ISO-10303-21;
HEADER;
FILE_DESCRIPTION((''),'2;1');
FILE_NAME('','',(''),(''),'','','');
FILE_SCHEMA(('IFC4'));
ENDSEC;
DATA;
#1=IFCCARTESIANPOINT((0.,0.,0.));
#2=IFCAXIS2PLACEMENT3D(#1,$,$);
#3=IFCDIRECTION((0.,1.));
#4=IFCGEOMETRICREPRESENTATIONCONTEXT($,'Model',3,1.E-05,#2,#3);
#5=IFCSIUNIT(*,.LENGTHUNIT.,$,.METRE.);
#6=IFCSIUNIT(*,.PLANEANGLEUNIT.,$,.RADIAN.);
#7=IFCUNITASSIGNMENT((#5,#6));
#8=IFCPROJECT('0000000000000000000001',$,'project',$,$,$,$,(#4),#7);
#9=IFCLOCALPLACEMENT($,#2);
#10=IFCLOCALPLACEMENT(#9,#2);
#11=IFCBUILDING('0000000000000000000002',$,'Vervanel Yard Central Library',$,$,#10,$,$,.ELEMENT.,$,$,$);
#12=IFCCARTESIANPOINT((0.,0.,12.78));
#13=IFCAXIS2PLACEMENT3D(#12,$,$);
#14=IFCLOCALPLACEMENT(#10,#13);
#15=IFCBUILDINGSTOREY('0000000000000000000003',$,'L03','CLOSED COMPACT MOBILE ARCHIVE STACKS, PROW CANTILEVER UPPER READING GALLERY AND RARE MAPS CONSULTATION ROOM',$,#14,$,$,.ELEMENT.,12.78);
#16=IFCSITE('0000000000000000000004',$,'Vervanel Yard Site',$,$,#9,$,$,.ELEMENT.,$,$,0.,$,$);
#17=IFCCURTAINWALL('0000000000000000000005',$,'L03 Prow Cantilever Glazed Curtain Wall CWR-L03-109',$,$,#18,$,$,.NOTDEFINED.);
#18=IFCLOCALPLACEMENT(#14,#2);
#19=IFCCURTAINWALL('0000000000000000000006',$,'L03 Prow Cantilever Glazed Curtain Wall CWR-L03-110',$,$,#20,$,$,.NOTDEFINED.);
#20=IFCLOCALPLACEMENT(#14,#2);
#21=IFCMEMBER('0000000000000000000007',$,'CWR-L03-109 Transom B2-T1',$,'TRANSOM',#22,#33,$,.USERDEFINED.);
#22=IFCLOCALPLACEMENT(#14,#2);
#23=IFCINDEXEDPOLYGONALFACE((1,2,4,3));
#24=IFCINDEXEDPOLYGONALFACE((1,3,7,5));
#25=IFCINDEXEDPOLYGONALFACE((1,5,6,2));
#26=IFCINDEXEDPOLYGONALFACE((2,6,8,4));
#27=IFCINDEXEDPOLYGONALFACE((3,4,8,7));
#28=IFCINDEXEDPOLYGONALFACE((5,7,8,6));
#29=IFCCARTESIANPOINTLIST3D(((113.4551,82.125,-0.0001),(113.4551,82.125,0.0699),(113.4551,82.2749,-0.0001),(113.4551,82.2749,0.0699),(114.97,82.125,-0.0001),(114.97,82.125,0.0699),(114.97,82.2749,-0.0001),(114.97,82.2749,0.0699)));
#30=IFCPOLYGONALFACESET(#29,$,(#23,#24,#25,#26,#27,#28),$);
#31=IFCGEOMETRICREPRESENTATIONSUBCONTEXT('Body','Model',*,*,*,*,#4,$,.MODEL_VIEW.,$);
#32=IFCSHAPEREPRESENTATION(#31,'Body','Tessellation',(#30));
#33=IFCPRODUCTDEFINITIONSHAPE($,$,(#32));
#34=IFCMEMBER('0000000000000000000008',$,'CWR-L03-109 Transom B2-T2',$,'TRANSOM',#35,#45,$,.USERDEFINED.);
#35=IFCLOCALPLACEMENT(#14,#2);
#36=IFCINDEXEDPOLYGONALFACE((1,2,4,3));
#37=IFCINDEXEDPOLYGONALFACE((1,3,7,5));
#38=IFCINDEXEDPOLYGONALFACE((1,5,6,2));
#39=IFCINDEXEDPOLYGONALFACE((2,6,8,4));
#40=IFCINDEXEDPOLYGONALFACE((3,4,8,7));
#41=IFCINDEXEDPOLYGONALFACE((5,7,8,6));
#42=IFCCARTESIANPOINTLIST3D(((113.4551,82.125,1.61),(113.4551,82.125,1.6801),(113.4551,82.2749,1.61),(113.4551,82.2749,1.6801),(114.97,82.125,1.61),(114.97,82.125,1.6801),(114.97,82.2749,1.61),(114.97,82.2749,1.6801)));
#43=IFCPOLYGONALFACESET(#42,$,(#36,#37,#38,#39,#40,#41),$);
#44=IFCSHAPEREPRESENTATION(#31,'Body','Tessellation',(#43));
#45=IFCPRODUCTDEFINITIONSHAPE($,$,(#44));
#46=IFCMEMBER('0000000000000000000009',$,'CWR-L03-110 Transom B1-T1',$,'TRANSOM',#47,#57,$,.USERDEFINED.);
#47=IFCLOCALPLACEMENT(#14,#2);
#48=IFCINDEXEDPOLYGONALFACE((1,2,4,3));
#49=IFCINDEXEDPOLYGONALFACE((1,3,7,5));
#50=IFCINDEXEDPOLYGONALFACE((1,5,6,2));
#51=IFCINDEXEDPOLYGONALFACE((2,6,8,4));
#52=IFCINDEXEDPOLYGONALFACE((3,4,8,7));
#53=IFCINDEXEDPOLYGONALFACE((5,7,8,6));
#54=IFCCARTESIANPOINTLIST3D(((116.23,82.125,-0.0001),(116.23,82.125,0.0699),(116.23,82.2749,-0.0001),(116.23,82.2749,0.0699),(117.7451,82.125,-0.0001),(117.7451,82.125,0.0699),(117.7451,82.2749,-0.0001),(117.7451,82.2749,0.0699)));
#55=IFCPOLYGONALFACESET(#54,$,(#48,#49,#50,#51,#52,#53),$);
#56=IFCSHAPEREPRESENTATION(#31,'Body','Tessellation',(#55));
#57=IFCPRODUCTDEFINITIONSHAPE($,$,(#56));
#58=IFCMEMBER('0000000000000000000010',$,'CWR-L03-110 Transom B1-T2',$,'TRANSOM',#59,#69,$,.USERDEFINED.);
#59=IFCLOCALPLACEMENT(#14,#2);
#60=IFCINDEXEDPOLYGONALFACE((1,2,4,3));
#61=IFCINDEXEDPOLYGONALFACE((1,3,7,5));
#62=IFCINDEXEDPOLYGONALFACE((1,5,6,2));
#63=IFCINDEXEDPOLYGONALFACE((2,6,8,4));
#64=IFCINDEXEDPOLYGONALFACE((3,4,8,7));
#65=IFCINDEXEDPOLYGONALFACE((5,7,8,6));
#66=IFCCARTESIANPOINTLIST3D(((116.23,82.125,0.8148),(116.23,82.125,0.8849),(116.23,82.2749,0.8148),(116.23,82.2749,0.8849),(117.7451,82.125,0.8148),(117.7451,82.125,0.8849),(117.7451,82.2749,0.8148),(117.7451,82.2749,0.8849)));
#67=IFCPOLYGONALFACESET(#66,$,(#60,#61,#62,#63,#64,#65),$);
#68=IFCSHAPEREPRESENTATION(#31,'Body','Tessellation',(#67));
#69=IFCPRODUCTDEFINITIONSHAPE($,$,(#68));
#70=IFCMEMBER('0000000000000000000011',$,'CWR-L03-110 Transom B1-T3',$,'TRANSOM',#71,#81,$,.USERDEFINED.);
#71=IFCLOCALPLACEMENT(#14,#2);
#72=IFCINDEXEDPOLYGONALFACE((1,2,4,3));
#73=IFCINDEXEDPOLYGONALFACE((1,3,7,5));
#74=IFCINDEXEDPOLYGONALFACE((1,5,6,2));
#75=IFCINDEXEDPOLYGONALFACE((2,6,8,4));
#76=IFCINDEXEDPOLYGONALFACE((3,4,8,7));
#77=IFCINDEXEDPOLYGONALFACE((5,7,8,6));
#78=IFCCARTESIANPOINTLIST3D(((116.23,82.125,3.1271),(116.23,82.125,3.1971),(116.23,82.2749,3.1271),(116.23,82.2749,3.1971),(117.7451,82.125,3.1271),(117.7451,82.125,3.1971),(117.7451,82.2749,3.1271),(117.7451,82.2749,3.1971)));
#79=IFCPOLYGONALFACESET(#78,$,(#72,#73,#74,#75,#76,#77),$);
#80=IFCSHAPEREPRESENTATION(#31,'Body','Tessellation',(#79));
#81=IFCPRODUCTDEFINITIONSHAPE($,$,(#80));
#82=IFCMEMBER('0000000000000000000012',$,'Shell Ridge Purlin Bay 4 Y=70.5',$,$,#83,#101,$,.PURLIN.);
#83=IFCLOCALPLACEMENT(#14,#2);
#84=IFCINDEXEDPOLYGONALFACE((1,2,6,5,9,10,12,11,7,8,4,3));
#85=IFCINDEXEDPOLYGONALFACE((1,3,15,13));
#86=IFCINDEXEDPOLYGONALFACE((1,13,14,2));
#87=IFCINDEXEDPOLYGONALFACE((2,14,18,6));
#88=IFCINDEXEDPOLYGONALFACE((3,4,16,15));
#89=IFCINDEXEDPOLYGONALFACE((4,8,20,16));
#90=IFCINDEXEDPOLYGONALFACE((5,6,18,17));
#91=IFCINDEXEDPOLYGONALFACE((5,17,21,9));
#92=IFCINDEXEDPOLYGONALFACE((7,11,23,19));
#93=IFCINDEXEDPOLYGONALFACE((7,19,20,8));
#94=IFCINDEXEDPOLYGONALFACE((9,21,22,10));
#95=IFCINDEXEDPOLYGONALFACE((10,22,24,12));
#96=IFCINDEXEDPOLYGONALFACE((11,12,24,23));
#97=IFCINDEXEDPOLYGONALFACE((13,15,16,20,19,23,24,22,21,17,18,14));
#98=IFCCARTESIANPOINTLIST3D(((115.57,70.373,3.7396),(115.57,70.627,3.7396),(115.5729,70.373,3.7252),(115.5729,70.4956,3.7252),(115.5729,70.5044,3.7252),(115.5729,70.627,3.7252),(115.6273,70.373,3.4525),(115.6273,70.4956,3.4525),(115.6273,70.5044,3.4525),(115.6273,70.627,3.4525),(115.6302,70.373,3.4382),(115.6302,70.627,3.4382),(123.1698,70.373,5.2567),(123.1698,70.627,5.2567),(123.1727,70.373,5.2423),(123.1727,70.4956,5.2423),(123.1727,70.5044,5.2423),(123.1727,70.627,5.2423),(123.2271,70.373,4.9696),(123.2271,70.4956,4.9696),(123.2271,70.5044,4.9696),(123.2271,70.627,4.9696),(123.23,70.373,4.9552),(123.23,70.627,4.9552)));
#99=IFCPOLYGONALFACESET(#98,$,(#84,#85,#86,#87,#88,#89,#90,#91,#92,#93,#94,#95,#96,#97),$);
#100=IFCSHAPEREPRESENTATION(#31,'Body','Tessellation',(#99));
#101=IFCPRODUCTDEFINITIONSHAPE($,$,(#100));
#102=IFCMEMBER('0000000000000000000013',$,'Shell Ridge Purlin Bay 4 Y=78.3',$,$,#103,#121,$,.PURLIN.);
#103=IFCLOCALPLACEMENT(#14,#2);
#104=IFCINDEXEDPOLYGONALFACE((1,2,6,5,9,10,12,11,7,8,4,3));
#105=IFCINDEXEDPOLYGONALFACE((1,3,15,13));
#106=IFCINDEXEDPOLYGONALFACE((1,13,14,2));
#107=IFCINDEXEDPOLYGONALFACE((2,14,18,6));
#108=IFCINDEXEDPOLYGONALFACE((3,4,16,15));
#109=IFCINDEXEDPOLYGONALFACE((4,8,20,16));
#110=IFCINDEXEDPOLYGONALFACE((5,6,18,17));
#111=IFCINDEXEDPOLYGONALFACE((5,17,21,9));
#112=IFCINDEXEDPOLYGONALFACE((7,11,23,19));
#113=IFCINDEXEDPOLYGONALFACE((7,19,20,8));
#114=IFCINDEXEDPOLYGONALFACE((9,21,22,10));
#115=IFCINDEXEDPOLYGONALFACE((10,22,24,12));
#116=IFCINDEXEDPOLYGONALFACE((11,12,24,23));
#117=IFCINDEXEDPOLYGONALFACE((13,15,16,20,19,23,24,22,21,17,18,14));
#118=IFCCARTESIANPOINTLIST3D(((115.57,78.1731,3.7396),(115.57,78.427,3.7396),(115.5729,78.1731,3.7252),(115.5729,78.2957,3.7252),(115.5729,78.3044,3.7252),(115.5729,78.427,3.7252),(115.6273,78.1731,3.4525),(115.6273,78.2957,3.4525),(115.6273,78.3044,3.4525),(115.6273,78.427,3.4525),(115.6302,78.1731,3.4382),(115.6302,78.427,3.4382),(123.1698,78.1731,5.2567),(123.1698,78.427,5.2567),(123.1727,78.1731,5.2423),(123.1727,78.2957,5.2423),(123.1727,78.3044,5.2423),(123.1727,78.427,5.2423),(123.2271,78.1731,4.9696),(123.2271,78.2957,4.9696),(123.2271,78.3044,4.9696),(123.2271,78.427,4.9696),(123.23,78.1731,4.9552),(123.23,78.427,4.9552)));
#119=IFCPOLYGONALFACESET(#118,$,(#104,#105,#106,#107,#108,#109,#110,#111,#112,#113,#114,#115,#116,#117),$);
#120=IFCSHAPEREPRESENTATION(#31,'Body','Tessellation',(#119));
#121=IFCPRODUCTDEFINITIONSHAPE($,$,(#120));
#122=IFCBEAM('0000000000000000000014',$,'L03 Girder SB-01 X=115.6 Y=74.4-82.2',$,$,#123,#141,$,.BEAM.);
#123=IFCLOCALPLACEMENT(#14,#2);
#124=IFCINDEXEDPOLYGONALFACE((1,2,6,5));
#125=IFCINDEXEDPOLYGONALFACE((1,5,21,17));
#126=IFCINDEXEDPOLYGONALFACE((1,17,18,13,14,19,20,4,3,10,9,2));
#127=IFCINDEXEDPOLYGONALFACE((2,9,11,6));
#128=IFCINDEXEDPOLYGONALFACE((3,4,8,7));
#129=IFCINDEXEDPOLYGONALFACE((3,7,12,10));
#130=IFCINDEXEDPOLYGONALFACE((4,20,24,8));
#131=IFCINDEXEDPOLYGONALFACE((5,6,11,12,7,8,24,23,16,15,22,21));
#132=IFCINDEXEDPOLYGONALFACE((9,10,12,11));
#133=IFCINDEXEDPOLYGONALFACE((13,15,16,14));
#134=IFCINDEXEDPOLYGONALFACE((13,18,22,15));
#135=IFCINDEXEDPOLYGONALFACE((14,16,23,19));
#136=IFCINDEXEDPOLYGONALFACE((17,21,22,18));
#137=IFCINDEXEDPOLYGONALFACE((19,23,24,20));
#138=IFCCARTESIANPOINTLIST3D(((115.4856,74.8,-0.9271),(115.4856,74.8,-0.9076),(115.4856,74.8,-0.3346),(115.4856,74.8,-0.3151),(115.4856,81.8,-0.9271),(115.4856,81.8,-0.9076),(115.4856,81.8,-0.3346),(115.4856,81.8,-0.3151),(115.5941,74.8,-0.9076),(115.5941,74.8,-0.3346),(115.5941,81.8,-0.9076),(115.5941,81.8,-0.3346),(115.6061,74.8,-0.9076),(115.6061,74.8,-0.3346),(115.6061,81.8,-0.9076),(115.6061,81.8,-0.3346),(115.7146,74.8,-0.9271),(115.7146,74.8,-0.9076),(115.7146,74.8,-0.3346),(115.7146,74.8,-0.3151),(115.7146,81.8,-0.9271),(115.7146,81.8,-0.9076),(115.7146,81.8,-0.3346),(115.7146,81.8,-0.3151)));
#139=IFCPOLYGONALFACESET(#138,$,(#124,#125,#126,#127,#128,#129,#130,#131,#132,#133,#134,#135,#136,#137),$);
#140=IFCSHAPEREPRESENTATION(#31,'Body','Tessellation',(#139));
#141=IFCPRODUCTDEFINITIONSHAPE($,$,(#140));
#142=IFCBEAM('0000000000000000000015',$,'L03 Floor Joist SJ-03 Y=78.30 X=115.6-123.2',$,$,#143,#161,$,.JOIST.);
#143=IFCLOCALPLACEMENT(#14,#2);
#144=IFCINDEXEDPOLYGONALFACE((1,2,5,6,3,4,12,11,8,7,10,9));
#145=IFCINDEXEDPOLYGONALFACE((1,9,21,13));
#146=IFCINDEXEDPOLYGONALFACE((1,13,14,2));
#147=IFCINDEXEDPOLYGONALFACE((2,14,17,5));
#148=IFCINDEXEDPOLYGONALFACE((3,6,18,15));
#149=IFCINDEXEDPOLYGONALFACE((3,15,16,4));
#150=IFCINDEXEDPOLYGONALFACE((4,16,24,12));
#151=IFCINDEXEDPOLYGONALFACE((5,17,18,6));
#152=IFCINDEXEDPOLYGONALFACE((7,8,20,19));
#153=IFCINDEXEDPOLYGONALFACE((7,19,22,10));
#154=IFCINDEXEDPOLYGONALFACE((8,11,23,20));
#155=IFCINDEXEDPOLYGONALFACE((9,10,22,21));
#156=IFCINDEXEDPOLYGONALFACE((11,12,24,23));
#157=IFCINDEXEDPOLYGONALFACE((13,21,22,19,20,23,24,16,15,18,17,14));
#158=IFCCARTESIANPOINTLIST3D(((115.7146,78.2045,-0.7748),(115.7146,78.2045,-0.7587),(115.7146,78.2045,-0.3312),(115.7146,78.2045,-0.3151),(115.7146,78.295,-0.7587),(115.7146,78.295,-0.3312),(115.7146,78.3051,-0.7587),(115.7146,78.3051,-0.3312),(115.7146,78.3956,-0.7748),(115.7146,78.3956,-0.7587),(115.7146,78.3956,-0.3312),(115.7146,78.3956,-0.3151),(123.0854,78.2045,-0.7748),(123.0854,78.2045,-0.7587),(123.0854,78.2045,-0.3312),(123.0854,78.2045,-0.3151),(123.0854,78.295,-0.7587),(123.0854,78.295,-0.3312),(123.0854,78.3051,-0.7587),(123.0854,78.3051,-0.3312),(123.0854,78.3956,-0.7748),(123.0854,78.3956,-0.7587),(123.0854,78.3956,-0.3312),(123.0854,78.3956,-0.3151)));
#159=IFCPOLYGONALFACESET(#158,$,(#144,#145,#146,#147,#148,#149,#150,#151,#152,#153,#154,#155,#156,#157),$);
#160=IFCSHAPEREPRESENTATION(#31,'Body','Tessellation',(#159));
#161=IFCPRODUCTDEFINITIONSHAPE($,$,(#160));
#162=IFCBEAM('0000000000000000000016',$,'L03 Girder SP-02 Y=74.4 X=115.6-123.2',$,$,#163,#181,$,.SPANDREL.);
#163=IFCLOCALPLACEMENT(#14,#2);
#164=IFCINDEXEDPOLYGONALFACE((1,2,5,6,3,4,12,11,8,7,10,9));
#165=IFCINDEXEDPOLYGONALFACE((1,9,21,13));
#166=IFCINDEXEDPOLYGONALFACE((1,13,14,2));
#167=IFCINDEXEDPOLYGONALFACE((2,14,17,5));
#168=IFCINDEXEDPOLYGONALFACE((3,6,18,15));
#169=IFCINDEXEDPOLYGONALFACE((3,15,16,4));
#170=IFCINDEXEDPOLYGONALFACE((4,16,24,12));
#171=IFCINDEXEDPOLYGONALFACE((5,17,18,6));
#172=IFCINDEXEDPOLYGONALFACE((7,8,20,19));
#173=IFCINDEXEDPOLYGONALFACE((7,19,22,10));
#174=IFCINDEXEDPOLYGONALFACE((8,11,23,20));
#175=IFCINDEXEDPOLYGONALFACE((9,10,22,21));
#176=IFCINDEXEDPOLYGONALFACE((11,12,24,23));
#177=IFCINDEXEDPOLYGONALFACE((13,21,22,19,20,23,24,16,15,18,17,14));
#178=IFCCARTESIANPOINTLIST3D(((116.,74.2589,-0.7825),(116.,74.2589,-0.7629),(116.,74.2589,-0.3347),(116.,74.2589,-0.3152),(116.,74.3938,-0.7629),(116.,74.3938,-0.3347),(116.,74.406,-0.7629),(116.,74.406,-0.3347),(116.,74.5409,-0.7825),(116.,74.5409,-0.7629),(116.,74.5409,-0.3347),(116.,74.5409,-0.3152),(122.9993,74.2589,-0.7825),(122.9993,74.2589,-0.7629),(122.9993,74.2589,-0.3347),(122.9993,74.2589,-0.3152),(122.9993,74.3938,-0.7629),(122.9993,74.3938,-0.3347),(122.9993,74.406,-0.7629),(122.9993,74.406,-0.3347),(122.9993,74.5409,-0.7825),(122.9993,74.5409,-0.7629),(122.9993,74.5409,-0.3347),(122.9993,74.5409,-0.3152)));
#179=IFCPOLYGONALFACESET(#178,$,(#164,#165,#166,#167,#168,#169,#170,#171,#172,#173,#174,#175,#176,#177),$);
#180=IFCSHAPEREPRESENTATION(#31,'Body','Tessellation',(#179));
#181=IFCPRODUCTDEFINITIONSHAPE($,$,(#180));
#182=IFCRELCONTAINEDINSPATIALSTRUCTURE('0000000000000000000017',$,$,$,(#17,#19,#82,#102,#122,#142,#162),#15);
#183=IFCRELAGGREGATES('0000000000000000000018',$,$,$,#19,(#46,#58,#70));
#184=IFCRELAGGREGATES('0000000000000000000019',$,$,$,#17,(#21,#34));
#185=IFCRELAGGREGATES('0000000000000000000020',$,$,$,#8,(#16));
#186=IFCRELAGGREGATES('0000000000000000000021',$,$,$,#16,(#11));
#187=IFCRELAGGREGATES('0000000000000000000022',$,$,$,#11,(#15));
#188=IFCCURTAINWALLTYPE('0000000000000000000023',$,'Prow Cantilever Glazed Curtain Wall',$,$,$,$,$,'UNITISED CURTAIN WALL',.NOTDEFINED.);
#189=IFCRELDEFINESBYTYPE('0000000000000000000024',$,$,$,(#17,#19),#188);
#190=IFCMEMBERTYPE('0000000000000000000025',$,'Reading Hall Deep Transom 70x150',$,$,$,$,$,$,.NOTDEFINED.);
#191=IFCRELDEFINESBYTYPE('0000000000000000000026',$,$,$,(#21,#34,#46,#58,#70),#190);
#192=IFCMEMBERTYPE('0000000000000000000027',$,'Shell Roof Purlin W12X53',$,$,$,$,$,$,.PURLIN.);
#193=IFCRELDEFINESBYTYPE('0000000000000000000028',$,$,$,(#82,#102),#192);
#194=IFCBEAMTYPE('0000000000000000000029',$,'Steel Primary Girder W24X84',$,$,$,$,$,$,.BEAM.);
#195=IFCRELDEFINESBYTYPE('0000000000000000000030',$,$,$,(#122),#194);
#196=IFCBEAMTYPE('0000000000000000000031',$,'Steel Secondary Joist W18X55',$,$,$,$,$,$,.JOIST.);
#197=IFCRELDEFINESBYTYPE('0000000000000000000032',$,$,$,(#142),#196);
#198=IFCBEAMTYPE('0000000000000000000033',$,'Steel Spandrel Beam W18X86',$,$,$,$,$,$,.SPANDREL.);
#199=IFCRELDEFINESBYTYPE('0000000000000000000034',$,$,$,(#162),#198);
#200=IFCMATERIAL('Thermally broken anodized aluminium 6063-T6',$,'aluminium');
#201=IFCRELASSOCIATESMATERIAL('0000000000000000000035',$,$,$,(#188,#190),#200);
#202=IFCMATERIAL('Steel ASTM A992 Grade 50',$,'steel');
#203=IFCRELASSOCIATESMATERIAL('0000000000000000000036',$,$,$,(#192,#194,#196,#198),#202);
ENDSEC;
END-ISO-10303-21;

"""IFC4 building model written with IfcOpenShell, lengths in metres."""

from ifc_helpers import new_model, si_unit, direction, frame, origin, origin_2d, place, context, subcontext, project, spatial, rectangle, i_section, extrude, material, material_profile, profile_set, type_object, element, aggregate, save


model = new_model("IFC4")

# Units and contexts
model_context = context("Model", 3, precision=1e-05, world=origin(), true_north=direction((0.0, 1.0)))
body_context = subcontext(model_context, "Body", "Model", "MODEL_VIEW")
ifc_project = project(units=[si_unit("LENGTHUNIT", "METRE"), si_unit("PLANEANGLEUNIT", "RADIAN")], contexts=[model_context])

# Site, building, storey
site_placement = place(None, origin())
site = spatial("IfcSite", under=ifc_project, at=site_placement, Name="Vervanel Yard Site", CompositionType="ELEMENT", RefElevation=0.0)
building_placement = place(site_placement, origin())
building = spatial("IfcBuilding", under=site, at=building_placement, Name="Vervanel Yard Central Library", CompositionType="ELEMENT")
storey_placement = place(building_placement, frame((0.0, 0.0, 12.78)))
storey = spatial("IfcBuildingStorey", under=building, at=storey_placement, Name="L03", Description="CLOSED COMPACT MOBILE ARCHIVE STACKS, PROW CANTILEVER UPPER READING GALLERY AND RARE MAPS CONSULTATION ROOM", CompositionType="ELEMENT", Elevation=12.78)

# Shared definitions
ifc_material_1 = material(Name="Steel ASTM A992 Grade 50", Category="steel")

# Shared definitions
ifc_material_2 = material(Name="Thermally broken anodized aluminium 6063-T6", Category="aluminium")
curtain_wall_type = type_object("IfcCurtainWallType", Name="Prow Cantilever Glazed Curtain Wall", ElementType="UNITISED CURTAIN WALL", PredefinedType="NOTDEFINED", material=ifc_material_2)

# Curtain wall
curtain_wall_1_placement = place(storey_placement, origin())
curtain_wall_1 = element("IfcCurtainWall", 1, at=curtain_wall_1_placement, inside=storey, type_object=curtain_wall_type, Name="L03 Prow Cantilever Glazed Curtain Wall CWR-L03-109", PredefinedType="NOTDEFINED")

# Curtain wall
curtain_wall_2_placement = place(storey_placement, origin())
curtain_wall_2 = element("IfcCurtainWall", 2, at=curtain_wall_2_placement, inside=storey, type_object=curtain_wall_type, Name="L03 Prow Cantilever Glazed Curtain Wall CWR-L03-110", PredefinedType="NOTDEFINED")

# Members
ifc_material_profile_1 = material_profile(ifc_material_2, rectangle(XDim=0.0701, YDim=0.1499, at=origin_2d()), Name="ALU 70x150", Category="aluminium")
ifc_profile_set_1 = profile_set([ifc_material_profile_1], Name="Thermally broken anodized aluminium 6063-T6")
member_type_1 = type_object("IfcMemberType", Name="Reading Hall Deep Transom 70x150", PredefinedType="NOTDEFINED", material=ifc_profile_set_1)
member_1_placement = place(storey_placement, frame((113.4551, 82.2, 0.0349), z_axis=(1.0, 0.0, 0.0), x_axis=(0.0, 0.0, 1.0)))
member_1 = element("IfcMember", 3, at=member_1_placement, type_object=member_type_1, Name="CWR-L03-109 Transom B2-T1", ObjectType="TRANSOM", PredefinedType="USERDEFINED", context=body_context, shape_type="SweptSolid", body=[
    extrude(rectangle(XDim=0.0701, YDim=0.1499, at=origin_2d()), origin(), (0.0, 0.0, 1.0), 1.5149),
])
member_2_placement = place(storey_placement, frame((113.4551, 82.2, 1.645), z_axis=(1.0, 0.0, 0.0), x_axis=(0.0, 0.0, 1.0)))
member_2 = element("IfcMember", 4, at=member_2_placement, type_object=member_type_1, Name="CWR-L03-109 Transom B2-T2", ObjectType="TRANSOM", PredefinedType="USERDEFINED", context=body_context, shape_type="SweptSolid", body=[
    extrude(rectangle(XDim=0.0701, YDim=0.1499, at=origin_2d()), origin(), (0.0, 0.0, 1.0), 1.5149),
])
member_3_placement = place(storey_placement, frame((116.23, 82.2, 0.0349), z_axis=(1.0, 0.0, 0.0), x_axis=(0.0, 0.0, 1.0)))
member_3 = element("IfcMember", 5, at=member_3_placement, type_object=member_type_1, Name="CWR-L03-110 Transom B1-T1", ObjectType="TRANSOM", PredefinedType="USERDEFINED", context=body_context, shape_type="SweptSolid", body=[
    extrude(rectangle(XDim=0.0701, YDim=0.1499, at=origin_2d()), origin(), (0.0, 0.0, 1.0), 1.5151),
])
member_4_placement = place(storey_placement, frame((116.23, 82.2, 0.8499), z_axis=(1.0, 0.0, 0.0), x_axis=(0.0, 0.0, 1.0)))
member_4 = element("IfcMember", 6, at=member_4_placement, type_object=member_type_1, Name="CWR-L03-110 Transom B1-T2", ObjectType="TRANSOM", PredefinedType="USERDEFINED", context=body_context, shape_type="SweptSolid", body=[
    extrude(rectangle(XDim=0.0701, YDim=0.1499, at=origin_2d()), origin(), (0.0, 0.0, 1.0), 1.5151),
])
member_5_placement = place(storey_placement, frame((116.23, 82.2, 3.1621), z_axis=(1.0, 0.0, 0.0), x_axis=(0.0, 0.0, 1.0)))
member_5 = element("IfcMember", 7, at=member_5_placement, type_object=member_type_1, Name="CWR-L03-110 Transom B1-T3", ObjectType="TRANSOM", PredefinedType="USERDEFINED", context=body_context, shape_type="SweptSolid", body=[
    extrude(rectangle(XDim=0.0701, YDim=0.1499, at=origin_2d()), origin(), (0.0, 0.0, 1.0), 1.5151),
])
aggregate(curtain_wall_2, [member_3, member_4, member_5])

# Members
ifc_material_profile_2 = material_profile(ifc_material_1, i_section(OverallWidth=0.2539, OverallDepth=0.3074, WebThickness=0.0088, FlangeThickness=0.0146, at=origin_2d()), Name="W12X53", Category="steel")
ifc_profile_set_2 = profile_set([ifc_material_profile_2], Name="Steel ASTM A992 Grade 50")
member_type_2 = type_object("IfcMemberType", Name="Shell Roof Purlin W12X53", PredefinedType="PURLIN", material=ifc_profile_set_2)
for number, where, z_axis, x_axis, name in (
    (8, (115.6001, 70.5, 3.5889), (0.980652, 0.0, 0.195759), (0.0, 1.0, 0.0), "Shell Ridge Purlin Bay 4 Y=70.5"),
    (9, (115.6001, 78.3, 3.5889), (0.980652, 0.0, 0.195759), (0.0, 1.0, 0.0), "Shell Ridge Purlin Bay 4 Y=78.3"),
):
    element("IfcMember", number, at=place(storey_placement, frame(where, z_axis=z_axis, x_axis=x_axis)), inside=storey, type_object=member_type_2, Name=name, PredefinedType="PURLIN", context=body_context, shape_type="SweptSolid", body=[
        extrude(i_section(OverallWidth=0.2539, OverallDepth=0.3074, WebThickness=0.0088, FlangeThickness=0.0146, at=origin_2d()), origin(), (0.0, 0.0, 1.0), 7.7498),
    ])

# Beams
ifc_material_profile_3 = material_profile(ifc_material_1, i_section(OverallWidth=0.229, OverallDepth=0.6121, WebThickness=0.012, FlangeThickness=0.0195, at=origin_2d()), Name="W24X84", Category="steel")
ifc_profile_set_3 = profile_set([ifc_material_profile_3], Name="Steel ASTM A992 Grade 50")
beam_type_1 = type_object("IfcBeamType", Name="Steel Primary Girder W24X84", PredefinedType="BEAM", material=ifc_profile_set_3)
beam_1_placement = place(storey_placement, frame((115.6001, 74.8, -0.6211), z_axis=(0.0, 1.0, 0.0), x_axis=(-1.0, 0.0, 0.0)))
element("IfcBeam", 10, at=beam_1_placement, inside=storey, type_object=beam_type_1, Name="L03 Girder SB-01 X=115.6 Y=74.4-82.2", PredefinedType="BEAM", context=body_context, shape_type="SweptSolid", body=[
    extrude(i_section(OverallWidth=0.229, OverallDepth=0.6121, WebThickness=0.012, FlangeThickness=0.0195, at=origin_2d()), origin(), (0.0, 0.0, 1.0), 7.0),
])
ifc_material_profile_4 = material_profile(ifc_material_1, i_section(OverallWidth=0.1912, OverallDepth=0.4597, WebThickness=0.01, FlangeThickness=0.0161, at=origin_2d()), Name="W18X55", Category="steel")
ifc_profile_set_4 = profile_set([ifc_material_profile_4], Name="Steel ASTM A992 Grade 50")
beam_type_2 = type_object("IfcBeamType", Name="Steel Secondary Joist W18X55", PredefinedType="JOIST", material=ifc_profile_set_4)
beam_2_placement = place(storey_placement, frame((115.7146, 78.3, -0.5449), z_axis=(1.0, 0.0, 0.0), x_axis=(0.0, 1.0, 0.0)))
element("IfcBeam", 11, at=beam_2_placement, inside=storey, type_object=beam_type_2, Name="L03 Floor Joist SJ-03 Y=78.30 X=115.6-123.2", PredefinedType="JOIST", context=body_context, shape_type="SweptSolid", body=[
    extrude(i_section(OverallWidth=0.1912, OverallDepth=0.4597, WebThickness=0.01, FlangeThickness=0.0161, at=origin_2d()), origin(), (0.0, 0.0, 1.0), 7.3708),
])
ifc_material_profile_5 = material_profile(ifc_material_1, i_section(OverallWidth=0.282, OverallDepth=0.4673, WebThickness=0.0122, FlangeThickness=0.0195, at=origin_2d()), Name="W18X86", Category="steel")
ifc_profile_set_5 = profile_set([ifc_material_profile_5], Name="Steel ASTM A992 Grade 50")
beam_type_3 = type_object("IfcBeamType", Name="Steel Spandrel Beam W18X86", PredefinedType="SPANDREL", material=ifc_profile_set_5)
for number, where, z_axis, x_axis, name in (
    (12, (116.0, 74.3999, -0.5488), (1.0, 0.0, 0.0), (0.0, 1.0, 0.0), "L03 Girder SP-02 Y=74.4 X=115.6-123.2"),
):
    element("IfcBeam", number, at=place(storey_placement, frame(where, z_axis=z_axis, x_axis=x_axis)), inside=storey, type_object=beam_type_3, Name=name, PredefinedType="SPANDREL", context=body_context, shape_type="SweptSolid", body=[
        extrude(i_section(OverallWidth=0.282, OverallDepth=0.4673, WebThickness=0.0122, FlangeThickness=0.0195, at=origin_2d()), origin(), (0.0, 0.0, 1.0), 6.9993),
    ])

aggregate(curtain_wall_1, [member_1, member_2])

save(model, "model.ifc")
